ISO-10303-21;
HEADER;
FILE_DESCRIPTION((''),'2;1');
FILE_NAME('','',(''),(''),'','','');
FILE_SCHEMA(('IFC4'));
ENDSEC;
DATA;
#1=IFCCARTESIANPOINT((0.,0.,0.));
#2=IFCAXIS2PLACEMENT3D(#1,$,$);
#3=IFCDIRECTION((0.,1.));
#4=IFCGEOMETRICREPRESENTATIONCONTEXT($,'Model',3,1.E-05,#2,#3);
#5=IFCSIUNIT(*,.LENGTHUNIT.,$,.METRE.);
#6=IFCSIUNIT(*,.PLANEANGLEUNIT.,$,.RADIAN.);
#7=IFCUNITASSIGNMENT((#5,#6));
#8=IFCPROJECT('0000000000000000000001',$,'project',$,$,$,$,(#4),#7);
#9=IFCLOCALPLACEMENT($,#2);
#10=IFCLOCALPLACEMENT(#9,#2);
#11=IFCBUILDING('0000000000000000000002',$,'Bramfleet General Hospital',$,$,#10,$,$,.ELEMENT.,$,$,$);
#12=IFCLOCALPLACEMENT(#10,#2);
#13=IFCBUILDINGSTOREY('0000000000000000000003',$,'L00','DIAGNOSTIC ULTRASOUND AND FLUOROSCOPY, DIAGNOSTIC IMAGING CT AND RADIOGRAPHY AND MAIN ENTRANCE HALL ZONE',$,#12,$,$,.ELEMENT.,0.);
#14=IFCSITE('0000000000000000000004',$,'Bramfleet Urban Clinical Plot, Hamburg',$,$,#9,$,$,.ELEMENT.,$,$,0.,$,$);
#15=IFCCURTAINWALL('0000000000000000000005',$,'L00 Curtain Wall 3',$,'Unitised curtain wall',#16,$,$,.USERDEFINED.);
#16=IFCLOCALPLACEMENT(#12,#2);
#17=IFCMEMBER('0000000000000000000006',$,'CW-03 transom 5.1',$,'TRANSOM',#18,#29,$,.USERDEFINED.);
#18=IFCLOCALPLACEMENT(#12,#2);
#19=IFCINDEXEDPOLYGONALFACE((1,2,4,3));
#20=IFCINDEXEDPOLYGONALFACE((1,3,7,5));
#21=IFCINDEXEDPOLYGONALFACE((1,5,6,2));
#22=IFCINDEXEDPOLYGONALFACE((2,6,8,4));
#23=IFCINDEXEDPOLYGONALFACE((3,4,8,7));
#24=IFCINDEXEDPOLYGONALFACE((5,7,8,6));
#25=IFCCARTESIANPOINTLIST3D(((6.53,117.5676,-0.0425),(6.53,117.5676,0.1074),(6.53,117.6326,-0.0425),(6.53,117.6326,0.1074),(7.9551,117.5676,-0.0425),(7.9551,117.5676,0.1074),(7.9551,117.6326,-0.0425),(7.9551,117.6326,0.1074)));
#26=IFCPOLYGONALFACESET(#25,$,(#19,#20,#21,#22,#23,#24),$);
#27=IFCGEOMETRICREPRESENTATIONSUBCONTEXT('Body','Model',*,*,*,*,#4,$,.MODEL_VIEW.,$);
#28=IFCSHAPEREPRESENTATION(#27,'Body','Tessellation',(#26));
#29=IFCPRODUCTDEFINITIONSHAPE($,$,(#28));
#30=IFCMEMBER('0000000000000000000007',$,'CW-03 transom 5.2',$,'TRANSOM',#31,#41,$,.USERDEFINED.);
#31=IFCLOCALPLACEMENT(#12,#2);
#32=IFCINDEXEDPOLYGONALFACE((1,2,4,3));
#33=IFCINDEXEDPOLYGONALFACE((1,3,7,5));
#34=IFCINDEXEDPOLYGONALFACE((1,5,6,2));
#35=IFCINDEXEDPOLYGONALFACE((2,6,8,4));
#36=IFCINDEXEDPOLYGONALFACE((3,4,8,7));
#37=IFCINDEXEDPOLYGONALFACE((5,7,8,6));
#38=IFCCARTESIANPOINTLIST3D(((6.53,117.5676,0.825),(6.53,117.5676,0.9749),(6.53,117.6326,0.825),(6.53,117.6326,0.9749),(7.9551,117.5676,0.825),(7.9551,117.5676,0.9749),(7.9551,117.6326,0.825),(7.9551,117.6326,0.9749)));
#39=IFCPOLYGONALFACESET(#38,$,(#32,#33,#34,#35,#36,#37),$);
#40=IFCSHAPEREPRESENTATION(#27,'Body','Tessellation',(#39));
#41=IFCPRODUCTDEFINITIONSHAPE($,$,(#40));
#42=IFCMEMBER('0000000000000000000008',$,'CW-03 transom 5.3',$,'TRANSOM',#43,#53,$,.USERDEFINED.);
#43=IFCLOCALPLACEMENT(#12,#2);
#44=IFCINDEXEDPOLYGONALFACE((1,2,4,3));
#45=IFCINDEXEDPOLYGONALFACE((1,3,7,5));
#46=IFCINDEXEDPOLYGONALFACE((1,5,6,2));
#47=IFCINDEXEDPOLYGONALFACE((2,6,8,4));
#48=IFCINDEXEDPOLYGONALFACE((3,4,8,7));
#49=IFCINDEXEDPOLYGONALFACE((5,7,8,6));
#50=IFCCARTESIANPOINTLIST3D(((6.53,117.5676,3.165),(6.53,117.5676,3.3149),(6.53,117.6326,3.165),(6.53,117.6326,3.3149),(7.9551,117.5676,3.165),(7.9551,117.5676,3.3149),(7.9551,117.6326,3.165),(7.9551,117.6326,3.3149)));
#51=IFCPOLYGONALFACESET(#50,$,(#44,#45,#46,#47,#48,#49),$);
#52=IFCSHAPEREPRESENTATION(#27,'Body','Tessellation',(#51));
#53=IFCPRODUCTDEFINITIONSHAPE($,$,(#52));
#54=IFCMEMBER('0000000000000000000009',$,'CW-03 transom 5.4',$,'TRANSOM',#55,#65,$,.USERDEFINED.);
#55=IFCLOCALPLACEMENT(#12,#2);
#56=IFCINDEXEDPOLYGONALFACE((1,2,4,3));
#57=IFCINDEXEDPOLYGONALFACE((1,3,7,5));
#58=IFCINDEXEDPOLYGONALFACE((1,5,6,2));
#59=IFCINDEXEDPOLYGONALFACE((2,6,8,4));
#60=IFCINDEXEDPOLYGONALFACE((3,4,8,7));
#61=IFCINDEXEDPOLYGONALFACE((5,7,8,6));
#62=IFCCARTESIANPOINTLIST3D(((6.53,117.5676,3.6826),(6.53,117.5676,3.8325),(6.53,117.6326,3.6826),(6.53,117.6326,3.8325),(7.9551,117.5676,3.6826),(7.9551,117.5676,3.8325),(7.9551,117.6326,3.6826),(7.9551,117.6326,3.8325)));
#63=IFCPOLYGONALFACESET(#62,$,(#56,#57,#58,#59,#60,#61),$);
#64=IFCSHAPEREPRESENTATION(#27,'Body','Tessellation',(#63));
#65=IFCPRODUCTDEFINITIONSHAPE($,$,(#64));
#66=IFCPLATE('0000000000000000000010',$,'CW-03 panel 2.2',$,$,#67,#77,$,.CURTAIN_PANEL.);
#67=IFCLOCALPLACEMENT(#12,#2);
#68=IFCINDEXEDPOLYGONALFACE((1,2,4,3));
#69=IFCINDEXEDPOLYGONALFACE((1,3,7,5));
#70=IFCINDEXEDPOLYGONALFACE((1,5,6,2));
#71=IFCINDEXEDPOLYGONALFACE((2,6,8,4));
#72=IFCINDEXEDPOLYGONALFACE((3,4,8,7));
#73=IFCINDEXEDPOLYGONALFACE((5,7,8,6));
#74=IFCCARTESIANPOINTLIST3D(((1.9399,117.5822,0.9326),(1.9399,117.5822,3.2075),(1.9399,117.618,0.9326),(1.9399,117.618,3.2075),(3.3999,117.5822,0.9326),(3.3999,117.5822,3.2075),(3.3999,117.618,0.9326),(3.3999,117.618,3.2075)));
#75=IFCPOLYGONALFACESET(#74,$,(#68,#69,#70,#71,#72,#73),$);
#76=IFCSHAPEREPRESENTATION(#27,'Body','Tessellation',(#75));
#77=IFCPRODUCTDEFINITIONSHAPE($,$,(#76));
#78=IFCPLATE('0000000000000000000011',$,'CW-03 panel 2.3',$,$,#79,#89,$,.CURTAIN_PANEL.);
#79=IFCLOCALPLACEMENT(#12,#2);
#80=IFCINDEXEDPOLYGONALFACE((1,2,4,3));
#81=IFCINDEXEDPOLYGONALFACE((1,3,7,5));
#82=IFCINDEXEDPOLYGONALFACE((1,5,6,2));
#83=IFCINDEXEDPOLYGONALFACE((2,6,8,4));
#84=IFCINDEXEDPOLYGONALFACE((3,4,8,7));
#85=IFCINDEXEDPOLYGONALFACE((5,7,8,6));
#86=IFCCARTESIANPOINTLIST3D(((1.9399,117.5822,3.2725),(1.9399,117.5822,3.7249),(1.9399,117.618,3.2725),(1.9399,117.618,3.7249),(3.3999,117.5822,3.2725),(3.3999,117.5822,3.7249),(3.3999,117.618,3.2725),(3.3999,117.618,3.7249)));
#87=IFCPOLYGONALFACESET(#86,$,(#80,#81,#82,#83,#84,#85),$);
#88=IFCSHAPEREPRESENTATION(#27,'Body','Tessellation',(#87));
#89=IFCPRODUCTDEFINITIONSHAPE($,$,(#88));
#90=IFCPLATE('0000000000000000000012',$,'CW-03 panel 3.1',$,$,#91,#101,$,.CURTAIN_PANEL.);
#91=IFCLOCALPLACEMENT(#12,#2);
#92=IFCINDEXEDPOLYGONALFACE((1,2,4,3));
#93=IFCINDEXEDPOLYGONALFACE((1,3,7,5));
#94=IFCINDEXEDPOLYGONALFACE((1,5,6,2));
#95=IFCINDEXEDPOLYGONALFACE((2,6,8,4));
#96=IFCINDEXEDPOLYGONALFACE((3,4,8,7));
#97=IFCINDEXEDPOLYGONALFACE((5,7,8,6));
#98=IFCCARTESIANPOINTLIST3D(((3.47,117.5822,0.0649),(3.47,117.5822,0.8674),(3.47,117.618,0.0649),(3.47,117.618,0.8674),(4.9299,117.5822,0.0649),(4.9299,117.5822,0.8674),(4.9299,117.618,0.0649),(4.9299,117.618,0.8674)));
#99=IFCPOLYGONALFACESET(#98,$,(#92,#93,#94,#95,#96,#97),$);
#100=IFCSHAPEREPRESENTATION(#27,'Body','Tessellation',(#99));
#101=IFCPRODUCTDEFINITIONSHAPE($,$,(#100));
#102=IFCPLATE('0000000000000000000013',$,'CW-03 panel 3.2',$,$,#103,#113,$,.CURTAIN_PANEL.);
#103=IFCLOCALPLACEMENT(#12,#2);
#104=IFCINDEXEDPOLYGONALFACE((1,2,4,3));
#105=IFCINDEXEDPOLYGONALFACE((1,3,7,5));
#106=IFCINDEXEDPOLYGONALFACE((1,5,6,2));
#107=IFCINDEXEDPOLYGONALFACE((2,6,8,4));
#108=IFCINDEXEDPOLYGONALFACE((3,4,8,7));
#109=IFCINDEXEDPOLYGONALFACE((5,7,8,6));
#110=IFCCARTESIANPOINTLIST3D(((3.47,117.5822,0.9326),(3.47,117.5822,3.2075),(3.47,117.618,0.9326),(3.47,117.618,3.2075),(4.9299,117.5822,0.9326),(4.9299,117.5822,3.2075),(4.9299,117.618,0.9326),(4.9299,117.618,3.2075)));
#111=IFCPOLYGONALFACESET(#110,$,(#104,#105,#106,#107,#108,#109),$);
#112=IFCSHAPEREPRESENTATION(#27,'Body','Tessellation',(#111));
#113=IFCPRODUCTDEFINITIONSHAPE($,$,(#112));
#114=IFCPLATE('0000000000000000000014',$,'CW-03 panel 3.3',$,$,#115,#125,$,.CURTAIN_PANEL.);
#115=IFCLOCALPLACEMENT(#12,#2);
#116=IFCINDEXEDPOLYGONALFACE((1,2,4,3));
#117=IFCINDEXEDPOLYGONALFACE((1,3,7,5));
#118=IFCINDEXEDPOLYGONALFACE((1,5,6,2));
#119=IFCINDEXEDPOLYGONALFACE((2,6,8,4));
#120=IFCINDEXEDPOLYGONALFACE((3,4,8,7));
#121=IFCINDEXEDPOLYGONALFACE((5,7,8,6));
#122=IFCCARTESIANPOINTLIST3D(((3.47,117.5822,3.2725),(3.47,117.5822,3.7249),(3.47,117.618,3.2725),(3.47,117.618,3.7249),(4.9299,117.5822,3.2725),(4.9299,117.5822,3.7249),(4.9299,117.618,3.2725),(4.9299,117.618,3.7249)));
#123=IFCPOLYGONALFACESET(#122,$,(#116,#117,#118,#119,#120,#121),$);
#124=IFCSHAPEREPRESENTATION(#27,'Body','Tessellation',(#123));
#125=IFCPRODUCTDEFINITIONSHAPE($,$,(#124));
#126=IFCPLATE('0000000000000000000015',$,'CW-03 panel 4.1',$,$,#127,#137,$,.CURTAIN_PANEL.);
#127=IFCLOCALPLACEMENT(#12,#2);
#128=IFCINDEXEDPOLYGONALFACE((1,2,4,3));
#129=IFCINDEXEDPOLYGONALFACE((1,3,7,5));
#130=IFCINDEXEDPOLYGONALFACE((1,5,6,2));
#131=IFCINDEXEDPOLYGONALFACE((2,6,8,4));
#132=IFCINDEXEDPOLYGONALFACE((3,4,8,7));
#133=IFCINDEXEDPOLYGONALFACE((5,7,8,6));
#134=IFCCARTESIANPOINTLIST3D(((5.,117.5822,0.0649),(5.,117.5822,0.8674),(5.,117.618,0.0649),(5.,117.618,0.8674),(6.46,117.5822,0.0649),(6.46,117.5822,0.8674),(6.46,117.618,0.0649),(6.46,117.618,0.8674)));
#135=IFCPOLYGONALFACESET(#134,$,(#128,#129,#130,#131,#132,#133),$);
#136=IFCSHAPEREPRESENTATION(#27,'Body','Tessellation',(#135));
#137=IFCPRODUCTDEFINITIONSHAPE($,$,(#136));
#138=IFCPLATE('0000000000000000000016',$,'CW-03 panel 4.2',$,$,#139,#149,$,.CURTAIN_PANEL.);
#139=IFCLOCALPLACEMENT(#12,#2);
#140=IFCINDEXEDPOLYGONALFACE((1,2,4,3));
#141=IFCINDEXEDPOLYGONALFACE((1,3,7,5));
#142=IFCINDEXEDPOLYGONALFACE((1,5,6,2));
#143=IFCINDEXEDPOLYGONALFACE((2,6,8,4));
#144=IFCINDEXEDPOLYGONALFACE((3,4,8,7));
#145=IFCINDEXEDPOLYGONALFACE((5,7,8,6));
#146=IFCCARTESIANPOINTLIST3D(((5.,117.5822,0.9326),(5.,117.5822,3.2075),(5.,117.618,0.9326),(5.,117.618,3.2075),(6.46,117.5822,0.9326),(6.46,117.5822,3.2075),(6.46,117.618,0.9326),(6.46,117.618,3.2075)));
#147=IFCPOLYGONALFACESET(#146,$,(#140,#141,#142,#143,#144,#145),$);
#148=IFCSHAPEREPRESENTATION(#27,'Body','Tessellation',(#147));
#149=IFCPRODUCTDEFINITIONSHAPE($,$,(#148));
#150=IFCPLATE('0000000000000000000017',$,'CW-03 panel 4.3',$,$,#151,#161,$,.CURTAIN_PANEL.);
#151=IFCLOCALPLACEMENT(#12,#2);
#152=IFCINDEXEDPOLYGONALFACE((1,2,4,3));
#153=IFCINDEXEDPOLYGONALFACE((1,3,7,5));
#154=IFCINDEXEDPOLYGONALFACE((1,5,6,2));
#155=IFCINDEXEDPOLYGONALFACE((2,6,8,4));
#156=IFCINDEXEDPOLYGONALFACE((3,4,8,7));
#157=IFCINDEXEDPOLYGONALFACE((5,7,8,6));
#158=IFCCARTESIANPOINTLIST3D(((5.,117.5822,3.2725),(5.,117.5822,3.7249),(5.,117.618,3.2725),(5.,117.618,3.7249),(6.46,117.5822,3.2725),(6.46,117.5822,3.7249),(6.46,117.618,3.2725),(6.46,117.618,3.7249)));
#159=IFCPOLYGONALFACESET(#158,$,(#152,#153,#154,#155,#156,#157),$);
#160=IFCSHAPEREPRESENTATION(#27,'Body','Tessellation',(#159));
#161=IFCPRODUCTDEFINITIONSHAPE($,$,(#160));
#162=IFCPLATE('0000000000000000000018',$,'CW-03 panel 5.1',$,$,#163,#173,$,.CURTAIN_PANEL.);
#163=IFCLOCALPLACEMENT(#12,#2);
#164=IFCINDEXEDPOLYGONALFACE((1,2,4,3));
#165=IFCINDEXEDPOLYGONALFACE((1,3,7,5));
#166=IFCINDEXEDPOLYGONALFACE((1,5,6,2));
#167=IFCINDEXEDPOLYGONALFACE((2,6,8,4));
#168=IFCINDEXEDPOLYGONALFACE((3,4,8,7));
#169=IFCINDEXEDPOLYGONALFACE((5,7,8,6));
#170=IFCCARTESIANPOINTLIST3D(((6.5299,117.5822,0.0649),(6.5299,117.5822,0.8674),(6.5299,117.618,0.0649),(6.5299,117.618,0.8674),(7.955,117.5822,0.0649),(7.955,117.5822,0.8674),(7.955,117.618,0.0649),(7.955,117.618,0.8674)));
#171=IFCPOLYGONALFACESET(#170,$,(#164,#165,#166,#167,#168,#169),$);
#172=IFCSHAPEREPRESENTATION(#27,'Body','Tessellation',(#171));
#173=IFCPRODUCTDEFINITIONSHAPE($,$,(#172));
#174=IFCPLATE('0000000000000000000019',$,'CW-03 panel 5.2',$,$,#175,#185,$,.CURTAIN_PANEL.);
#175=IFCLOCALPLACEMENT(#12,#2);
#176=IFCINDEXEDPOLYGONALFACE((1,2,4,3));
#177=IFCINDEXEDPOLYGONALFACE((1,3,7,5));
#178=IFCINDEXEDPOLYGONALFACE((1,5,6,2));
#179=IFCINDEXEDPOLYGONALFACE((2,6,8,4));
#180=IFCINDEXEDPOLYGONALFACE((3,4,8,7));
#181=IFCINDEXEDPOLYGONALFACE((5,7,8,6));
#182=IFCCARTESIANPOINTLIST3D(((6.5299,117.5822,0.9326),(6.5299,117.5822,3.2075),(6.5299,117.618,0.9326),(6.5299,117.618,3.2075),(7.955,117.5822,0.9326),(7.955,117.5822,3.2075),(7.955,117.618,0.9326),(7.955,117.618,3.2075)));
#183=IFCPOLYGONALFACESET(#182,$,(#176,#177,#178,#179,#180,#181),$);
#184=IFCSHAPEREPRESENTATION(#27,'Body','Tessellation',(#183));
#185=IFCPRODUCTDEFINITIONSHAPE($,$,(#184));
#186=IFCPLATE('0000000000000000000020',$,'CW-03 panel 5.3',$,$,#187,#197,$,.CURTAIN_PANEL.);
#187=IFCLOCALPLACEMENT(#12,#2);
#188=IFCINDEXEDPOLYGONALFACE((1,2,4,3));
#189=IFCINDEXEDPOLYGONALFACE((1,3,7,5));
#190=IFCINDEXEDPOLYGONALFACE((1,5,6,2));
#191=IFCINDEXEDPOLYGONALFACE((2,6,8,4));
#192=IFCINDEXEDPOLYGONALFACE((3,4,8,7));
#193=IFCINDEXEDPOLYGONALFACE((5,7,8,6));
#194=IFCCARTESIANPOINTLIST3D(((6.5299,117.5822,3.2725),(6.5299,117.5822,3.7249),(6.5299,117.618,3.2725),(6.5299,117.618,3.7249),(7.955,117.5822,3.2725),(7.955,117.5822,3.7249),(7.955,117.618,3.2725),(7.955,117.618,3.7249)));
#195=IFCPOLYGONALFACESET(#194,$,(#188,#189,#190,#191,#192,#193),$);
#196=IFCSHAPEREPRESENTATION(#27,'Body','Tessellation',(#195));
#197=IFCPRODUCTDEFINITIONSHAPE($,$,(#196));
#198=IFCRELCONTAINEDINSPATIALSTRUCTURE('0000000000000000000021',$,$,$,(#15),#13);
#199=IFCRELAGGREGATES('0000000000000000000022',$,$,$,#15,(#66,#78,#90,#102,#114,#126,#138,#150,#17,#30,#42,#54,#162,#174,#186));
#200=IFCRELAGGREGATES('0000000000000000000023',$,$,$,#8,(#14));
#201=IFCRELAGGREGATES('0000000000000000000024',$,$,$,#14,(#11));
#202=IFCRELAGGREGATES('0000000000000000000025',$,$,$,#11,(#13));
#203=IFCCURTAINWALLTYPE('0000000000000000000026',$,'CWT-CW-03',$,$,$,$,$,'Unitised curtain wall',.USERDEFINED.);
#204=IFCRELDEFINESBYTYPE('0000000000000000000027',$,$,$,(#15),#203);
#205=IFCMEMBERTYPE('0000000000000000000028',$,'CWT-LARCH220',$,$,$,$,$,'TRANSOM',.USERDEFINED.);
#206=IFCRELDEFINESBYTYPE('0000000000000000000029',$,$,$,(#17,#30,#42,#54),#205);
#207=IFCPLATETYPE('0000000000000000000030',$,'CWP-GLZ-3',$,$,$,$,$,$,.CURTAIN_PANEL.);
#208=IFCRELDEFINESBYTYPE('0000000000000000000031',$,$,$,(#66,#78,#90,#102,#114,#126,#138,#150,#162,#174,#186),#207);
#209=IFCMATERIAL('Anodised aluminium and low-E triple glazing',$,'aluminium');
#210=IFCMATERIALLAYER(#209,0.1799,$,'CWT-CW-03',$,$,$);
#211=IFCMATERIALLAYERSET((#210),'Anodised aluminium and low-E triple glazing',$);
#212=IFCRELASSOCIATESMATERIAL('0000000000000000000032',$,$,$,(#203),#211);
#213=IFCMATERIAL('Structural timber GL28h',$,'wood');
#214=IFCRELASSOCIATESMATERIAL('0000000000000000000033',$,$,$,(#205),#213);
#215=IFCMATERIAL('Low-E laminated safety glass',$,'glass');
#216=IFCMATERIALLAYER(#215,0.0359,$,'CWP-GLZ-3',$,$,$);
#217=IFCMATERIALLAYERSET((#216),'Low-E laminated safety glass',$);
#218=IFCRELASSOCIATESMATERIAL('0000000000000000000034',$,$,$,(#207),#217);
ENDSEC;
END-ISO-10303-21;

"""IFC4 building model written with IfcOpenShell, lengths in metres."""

from ifc_helpers import new_model, si_unit, direction, frame, origin, origin_2d, place, context, subcontext, project, spatial, rectangle, extrude, material, layer, layer_set, material_profile, profile_set, type_object, element, aggregate, save


model = new_model("IFC4")

# Units and contexts
model_context = context("Model", 3, precision=1e-05, world=origin(), true_north=direction((0.0, 1.0)))
body_context = subcontext(model_context, "Body", "Model", "MODEL_VIEW")
ifc_project = project(units=[si_unit("LENGTHUNIT", "METRE"), si_unit("PLANEANGLEUNIT", "RADIAN")], contexts=[model_context])

# Site, building, storey
site_placement = place(None, origin())
site = spatial("IfcSite", under=ifc_project, at=site_placement, Name="Bramfleet Urban Clinical Plot, Hamburg", CompositionType="ELEMENT", RefElevation=0.0)
building_placement = place(site_placement, origin())
building = spatial("IfcBuilding", under=site, at=building_placement, Name="Bramfleet General Hospital", CompositionType="ELEMENT")
storey_placement = place(building_placement, origin())
storey = spatial("IfcBuildingStorey", under=building, at=storey_placement, Name="L00", Description="DIAGNOSTIC ULTRASOUND AND FLUOROSCOPY, DIAGNOSTIC IMAGING CT AND RADIOGRAPHY AND MAIN ENTRANCE HALL ZONE", CompositionType="ELEMENT", Elevation=0.0)

# Curtain wall, members, plates
ifc_material_1 = material(Name="Anodised aluminium and low-E triple glazing", Category="aluminium")
ifc_layer_1 = layer(ifc_material_1, 0.1799, Name="CWT-CW-03")
ifc_layer_set_1 = layer_set([ifc_layer_1], Name="Anodised aluminium and low-E triple glazing")
curtain_wall_type = type_object("IfcCurtainWallType", Name="CWT-CW-03", ElementType="Unitised curtain wall", PredefinedType="USERDEFINED", material=ifc_layer_set_1)
curtain_wall_placement = place(storey_placement, origin())
curtain_wall = element("IfcCurtainWall", 1, at=curtain_wall_placement, inside=storey, type_object=curtain_wall_type, Name="L00 Curtain Wall 3", ObjectType="Unitised curtain wall", PredefinedType="USERDEFINED")
ifc_material_2 = material(Name="Structural timber GL28h", Category="wood")
ifc_material_profile_1 = material_profile(ifc_material_2, rectangle(XDim=0.0649, YDim=0.1499, at=origin_2d()), Name="LARCH 150x65")
ifc_profile_set_1 = profile_set([ifc_material_profile_1], Name="Structural timber GL28h")
member_type_1 = type_object("IfcMemberType", Name="CWT-LARCH220", ElementType="TRANSOM", PredefinedType="USERDEFINED", material=ifc_profile_set_1)
member_1_placement = place(storey_placement, frame((6.53, 117.6001, 0.0325), z_axis=(1.0, 0.0, 0.0), x_axis=(0.0, 1.0, 0.0)))
member_1 = element("IfcMember", 2, at=member_1_placement, type_object=member_type_1, Name="CW-03 transom 5.1", ObjectType="TRANSOM", PredefinedType="USERDEFINED", context=body_context, shape_type="SweptSolid", body=[
    extrude(rectangle(XDim=0.0649, YDim=0.1499, at=origin_2d()), origin(), (0.0, 0.0, 1.0), 1.425),
])
member_2_placement = place(storey_placement, frame((6.53, 117.6001, 0.8999), z_axis=(1.0, 0.0, 0.0), x_axis=(0.0, 1.0, 0.0)))
member_2 = element("IfcMember", 3, at=member_2_placement, type_object=member_type_1, Name="CW-03 transom 5.2", ObjectType="TRANSOM", PredefinedType="USERDEFINED", context=body_context, shape_type="SweptSolid", body=[
    extrude(rectangle(XDim=0.0649, YDim=0.1499, at=origin_2d()), origin(), (0.0, 0.0, 1.0), 1.425),
])
member_3_placement = place(storey_placement, frame((6.53, 117.6001, 3.24), z_axis=(1.0, 0.0, 0.0), x_axis=(0.0, 1.0, 0.0)))
member_3 = element("IfcMember", 4, at=member_3_placement, type_object=member_type_1, Name="CW-03 transom 5.3", ObjectType="TRANSOM", PredefinedType="USERDEFINED", context=body_context, shape_type="SweptSolid", body=[
    extrude(rectangle(XDim=0.0649, YDim=0.1499, at=origin_2d()), origin(), (0.0, 0.0, 1.0), 1.425),
])
member_4_placement = place(storey_placement, frame((6.53, 117.6001, 3.7576), z_axis=(1.0, 0.0, 0.0), x_axis=(0.0, 1.0, 0.0)))
member_4 = element("IfcMember", 5, at=member_4_placement, type_object=member_type_1, Name="CW-03 transom 5.4", ObjectType="TRANSOM", PredefinedType="USERDEFINED", context=body_context, shape_type="SweptSolid", body=[
    extrude(rectangle(XDim=0.0649, YDim=0.1499, at=origin_2d()), origin(), (0.0, 0.0, 1.0), 1.425),
])
ifc_material_3 = material(Name="Low-E laminated safety glass", Category="glass")
ifc_layer_2 = layer(ifc_material_3, 0.0359, Name="CWP-GLZ-3")
ifc_layer_set_2 = layer_set([ifc_layer_2], Name="Low-E laminated safety glass")
plate_type = type_object("IfcPlateType", Name="CWP-GLZ-3", PredefinedType="CURTAIN_PANEL", material=ifc_layer_set_2)
plate_1_placement = place(storey_placement, frame((2.6699, 117.6001, 0.9326), z_axis=(0.0, 0.0, 1.0), x_axis=(1.0, 0.0, 0.0)))
plate_1 = element("IfcPlate", 6, at=plate_1_placement, type_object=plate_type, Name="CW-03 panel 2.2", PredefinedType="CURTAIN_PANEL", context=body_context, shape_type="SweptSolid", body=[
    extrude(rectangle(XDim=1.46, YDim=0.0359, at=origin_2d()), origin(), (0.0, 0.0, 1.0), 2.2749),
])
plate_2_placement = place(storey_placement, frame((2.6699, 117.6001, 3.2725), z_axis=(0.0, 0.0, 1.0), x_axis=(1.0, 0.0, 0.0)))
plate_2 = element("IfcPlate", 7, at=plate_2_placement, type_object=plate_type, Name="CW-03 panel 2.3", PredefinedType="CURTAIN_PANEL", context=body_context, shape_type="SweptSolid", body=[
    extrude(rectangle(XDim=1.46, YDim=0.0359, at=origin_2d()), origin(), (0.0, 0.0, 1.0), 0.4524),
])
plate_3_placement = place(storey_placement, frame((4.2, 117.6001, 0.0649), z_axis=(0.0, 0.0, 1.0), x_axis=(1.0, 0.0, 0.0)))
plate_3 = element("IfcPlate", 8, at=plate_3_placement, type_object=plate_type, Name="CW-03 panel 3.1", PredefinedType="CURTAIN_PANEL", context=body_context, shape_type="SweptSolid", body=[
    extrude(rectangle(XDim=1.46, YDim=0.0359, at=origin_2d()), origin(), (0.0, 0.0, 1.0), 0.8025),
])
plate_4_placement = place(storey_placement, frame((4.2, 117.6001, 0.9326), z_axis=(0.0, 0.0, 1.0), x_axis=(1.0, 0.0, 0.0)))
plate_4 = element("IfcPlate", 9, at=plate_4_placement, type_object=plate_type, Name="CW-03 panel 3.2", PredefinedType="CURTAIN_PANEL", context=body_context, shape_type="SweptSolid", body=[
    extrude(rectangle(XDim=1.46, YDim=0.0359, at=origin_2d()), origin(), (0.0, 0.0, 1.0), 2.2749),
])
plate_5_placement = place(storey_placement, frame((4.2, 117.6001, 3.2725), z_axis=(0.0, 0.0, 1.0), x_axis=(1.0, 0.0, 0.0)))
plate_5 = element("IfcPlate", 10, at=plate_5_placement, type_object=plate_type, Name="CW-03 panel 3.3", PredefinedType="CURTAIN_PANEL", context=body_context, shape_type="SweptSolid", body=[
    extrude(rectangle(XDim=1.46, YDim=0.0359, at=origin_2d()), origin(), (0.0, 0.0, 1.0), 0.4524),
])
plate_6_placement = place(storey_placement, frame((5.73, 117.6001, 0.0649), z_axis=(0.0, 0.0, 1.0), x_axis=(1.0, 0.0, 0.0)))
plate_6 = element("IfcPlate", 11, at=plate_6_placement, type_object=plate_type, Name="CW-03 panel 4.1", PredefinedType="CURTAIN_PANEL", context=body_context, shape_type="SweptSolid", body=[
    extrude(rectangle(XDim=1.46, YDim=0.0359, at=origin_2d()), origin(), (0.0, 0.0, 1.0), 0.8025),
])
plate_7_placement = place(storey_placement, frame((5.73, 117.6001, 0.9326), z_axis=(0.0, 0.0, 1.0), x_axis=(1.0, 0.0, 0.0)))
plate_7 = element("IfcPlate", 12, at=plate_7_placement, type_object=plate_type, Name="CW-03 panel 4.2", PredefinedType="CURTAIN_PANEL", context=body_context, shape_type="SweptSolid", body=[
    extrude(rectangle(XDim=1.46, YDim=0.0359, at=origin_2d()), origin(), (0.0, 0.0, 1.0), 2.2749),
])
plate_8_placement = place(storey_placement, frame((5.73, 117.6001, 3.2725), z_axis=(0.0, 0.0, 1.0), x_axis=(1.0, 0.0, 0.0)))
plate_8 = element("IfcPlate", 13, at=plate_8_placement, type_object=plate_type, Name="CW-03 panel 4.3", PredefinedType="CURTAIN_PANEL", context=body_context, shape_type="SweptSolid", body=[
    extrude(rectangle(XDim=1.46, YDim=0.0359, at=origin_2d()), origin(), (0.0, 0.0, 1.0), 0.4524),
])
plate_9_placement = place(storey_placement, frame((7.2424, 117.6001, 0.0649), z_axis=(0.0, 0.0, 1.0), x_axis=(1.0, 0.0, 0.0)))
plate_9 = element("IfcPlate", 14, at=plate_9_placement, type_object=plate_type, Name="CW-03 panel 5.1", PredefinedType="CURTAIN_PANEL", context=body_context, shape_type="SweptSolid", body=[
    extrude(rectangle(XDim=1.425, YDim=0.0359, at=origin_2d()), origin(), (0.0, 0.0, 1.0), 0.8025),
])
plate_10_placement = place(storey_placement, frame((7.2424, 117.6001, 0.9326), z_axis=(0.0, 0.0, 1.0), x_axis=(1.0, 0.0, 0.0)))
plate_10 = element("IfcPlate", 15, at=plate_10_placement, type_object=plate_type, Name="CW-03 panel 5.2", PredefinedType="CURTAIN_PANEL", context=body_context, shape_type="SweptSolid", body=[
    extrude(rectangle(XDim=1.425, YDim=0.0359, at=origin_2d()), origin(), (0.0, 0.0, 1.0), 2.2749),
])
plate_11_placement = place(storey_placement, frame((7.2424, 117.6001, 3.2725), z_axis=(0.0, 0.0, 1.0), x_axis=(1.0, 0.0, 0.0)))
plate_11 = element("IfcPlate", 16, at=plate_11_placement, type_object=plate_type, Name="CW-03 panel 5.3", PredefinedType="CURTAIN_PANEL", context=body_context, shape_type="SweptSolid", body=[
    extrude(rectangle(XDim=1.425, YDim=0.0359, at=origin_2d()), origin(), (0.0, 0.0, 1.0), 0.4524),
])
aggregate(curtain_wall, [plate_1, plate_2, plate_3, plate_4, plate_5, plate_6, plate_7, plate_8, member_1, member_2, member_3, member_4, plate_9, plate_10, plate_11])

save(model, "model.ifc")
